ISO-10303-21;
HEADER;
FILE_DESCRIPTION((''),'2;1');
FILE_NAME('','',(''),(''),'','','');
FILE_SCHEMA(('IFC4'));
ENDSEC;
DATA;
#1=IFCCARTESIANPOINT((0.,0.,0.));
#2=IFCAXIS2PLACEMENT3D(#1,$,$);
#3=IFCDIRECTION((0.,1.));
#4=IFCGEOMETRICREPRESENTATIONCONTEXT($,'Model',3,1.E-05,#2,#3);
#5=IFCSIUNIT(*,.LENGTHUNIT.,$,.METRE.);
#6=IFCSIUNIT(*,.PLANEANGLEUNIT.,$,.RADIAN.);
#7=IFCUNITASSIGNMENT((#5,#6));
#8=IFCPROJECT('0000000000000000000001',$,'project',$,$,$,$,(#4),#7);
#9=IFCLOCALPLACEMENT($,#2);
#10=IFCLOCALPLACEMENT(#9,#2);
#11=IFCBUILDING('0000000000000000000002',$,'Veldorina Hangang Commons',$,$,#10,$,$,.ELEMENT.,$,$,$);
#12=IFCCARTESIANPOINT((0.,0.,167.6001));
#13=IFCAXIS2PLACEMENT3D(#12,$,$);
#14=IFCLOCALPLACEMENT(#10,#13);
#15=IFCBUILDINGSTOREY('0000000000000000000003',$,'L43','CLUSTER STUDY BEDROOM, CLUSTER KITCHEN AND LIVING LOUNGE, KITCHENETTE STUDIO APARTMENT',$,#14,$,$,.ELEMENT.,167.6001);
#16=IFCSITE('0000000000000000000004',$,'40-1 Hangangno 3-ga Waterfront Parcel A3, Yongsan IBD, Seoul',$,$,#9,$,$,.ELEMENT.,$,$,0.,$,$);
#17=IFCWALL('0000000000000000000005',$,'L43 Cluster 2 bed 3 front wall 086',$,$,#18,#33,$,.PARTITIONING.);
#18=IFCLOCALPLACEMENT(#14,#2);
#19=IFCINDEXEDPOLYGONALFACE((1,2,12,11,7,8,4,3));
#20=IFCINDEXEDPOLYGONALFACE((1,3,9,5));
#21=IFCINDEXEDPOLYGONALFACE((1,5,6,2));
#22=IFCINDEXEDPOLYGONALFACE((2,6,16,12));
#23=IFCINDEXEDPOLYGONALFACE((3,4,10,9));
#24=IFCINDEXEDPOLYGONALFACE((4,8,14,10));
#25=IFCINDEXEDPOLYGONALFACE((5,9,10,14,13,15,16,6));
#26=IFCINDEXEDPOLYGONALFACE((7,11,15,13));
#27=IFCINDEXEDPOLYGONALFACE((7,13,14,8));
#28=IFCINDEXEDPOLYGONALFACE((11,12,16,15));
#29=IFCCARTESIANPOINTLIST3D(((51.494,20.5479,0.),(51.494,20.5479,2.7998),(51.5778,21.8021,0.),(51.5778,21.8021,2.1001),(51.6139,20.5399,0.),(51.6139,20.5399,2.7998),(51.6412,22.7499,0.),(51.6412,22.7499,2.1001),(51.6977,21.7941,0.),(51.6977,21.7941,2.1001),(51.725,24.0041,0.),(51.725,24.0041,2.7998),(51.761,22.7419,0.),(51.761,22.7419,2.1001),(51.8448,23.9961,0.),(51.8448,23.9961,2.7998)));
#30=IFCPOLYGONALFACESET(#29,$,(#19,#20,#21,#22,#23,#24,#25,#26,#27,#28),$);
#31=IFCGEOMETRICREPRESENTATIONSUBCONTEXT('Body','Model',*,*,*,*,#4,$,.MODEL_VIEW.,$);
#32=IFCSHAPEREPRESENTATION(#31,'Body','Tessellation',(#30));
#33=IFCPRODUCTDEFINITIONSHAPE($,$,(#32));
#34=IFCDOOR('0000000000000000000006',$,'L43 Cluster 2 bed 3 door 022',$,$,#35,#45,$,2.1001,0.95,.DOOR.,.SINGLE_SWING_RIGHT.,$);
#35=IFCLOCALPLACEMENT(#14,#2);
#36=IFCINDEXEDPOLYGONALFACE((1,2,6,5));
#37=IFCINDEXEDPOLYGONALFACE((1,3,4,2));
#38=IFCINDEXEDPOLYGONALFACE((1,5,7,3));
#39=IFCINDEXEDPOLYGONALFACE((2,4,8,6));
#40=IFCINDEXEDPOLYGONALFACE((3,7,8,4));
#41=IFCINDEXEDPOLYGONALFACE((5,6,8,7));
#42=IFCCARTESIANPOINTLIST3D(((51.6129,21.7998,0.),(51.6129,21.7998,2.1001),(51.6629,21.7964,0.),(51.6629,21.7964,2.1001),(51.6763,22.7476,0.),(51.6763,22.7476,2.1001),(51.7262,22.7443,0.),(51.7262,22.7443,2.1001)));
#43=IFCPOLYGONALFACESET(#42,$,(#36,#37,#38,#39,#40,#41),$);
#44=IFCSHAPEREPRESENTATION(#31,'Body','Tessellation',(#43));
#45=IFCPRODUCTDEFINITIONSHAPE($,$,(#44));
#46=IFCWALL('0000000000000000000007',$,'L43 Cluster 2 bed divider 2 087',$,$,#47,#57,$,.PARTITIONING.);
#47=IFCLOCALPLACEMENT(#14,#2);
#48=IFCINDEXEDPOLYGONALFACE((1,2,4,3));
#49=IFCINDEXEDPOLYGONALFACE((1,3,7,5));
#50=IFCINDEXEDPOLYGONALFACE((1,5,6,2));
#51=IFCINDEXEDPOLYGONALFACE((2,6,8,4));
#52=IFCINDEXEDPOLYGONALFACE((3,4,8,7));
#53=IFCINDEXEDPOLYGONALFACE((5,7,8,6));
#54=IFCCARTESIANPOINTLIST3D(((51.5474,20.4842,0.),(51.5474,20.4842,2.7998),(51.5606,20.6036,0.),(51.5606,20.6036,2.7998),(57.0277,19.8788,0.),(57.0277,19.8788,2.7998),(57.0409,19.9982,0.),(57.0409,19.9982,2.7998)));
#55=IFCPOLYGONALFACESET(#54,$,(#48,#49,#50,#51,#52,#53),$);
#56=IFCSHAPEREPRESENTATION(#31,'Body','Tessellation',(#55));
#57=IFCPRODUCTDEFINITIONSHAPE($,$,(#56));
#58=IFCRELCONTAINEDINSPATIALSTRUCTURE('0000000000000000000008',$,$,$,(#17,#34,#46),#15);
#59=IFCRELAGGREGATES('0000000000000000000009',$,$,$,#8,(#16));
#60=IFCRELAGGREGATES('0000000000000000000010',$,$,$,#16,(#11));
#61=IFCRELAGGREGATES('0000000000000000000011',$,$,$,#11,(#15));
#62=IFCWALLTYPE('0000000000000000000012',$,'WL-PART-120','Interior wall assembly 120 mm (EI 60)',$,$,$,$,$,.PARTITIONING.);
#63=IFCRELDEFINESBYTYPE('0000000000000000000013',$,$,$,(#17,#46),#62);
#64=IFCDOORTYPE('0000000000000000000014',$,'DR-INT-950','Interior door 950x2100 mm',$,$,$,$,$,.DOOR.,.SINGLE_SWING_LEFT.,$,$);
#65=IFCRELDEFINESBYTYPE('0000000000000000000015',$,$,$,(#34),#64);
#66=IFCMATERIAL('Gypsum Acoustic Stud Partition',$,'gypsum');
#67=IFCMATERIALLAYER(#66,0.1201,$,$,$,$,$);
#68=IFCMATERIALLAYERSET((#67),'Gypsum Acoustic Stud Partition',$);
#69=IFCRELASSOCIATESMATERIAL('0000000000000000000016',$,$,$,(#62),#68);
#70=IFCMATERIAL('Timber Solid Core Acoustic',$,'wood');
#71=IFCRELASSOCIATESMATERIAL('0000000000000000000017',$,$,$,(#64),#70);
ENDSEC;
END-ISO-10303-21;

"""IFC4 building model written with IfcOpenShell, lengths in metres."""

from ifc_helpers import new_model, si_unit, direction, frame, frame_2d, origin, place, context, subcontext, project, spatial, rectangle, extrude, material, layer, layer_set, type_object, element, fill, save


model = new_model("IFC4")

# Units and contexts
model_context = context("Model", 3, precision=1e-05, world=origin(), true_north=direction((0.0, 1.0)))
body_context = subcontext(model_context, "Body", "Model", "MODEL_VIEW")
ifc_project = project(units=[si_unit("LENGTHUNIT", "METRE"), si_unit("PLANEANGLEUNIT", "RADIAN")], contexts=[model_context])

# Site, building, storey
site_placement = place(None, origin())
site = spatial("IfcSite", under=ifc_project, at=site_placement, Name="40-1 Hangangno 3-ga Waterfront Parcel A3, Yongsan IBD, Seoul", CompositionType="ELEMENT", RefElevation=0.0)
building_placement = place(site_placement, origin())
building = spatial("IfcBuilding", under=site, at=building_placement, Name="Veldorina Hangang Commons", CompositionType="ELEMENT")
storey_placement = place(building_placement, frame((0.0, 0.0, 167.6001)))
storey = spatial("IfcBuildingStorey", under=building, at=storey_placement, Name="L43", Description="CLUSTER STUDY BEDROOM, CLUSTER KITCHEN AND LIVING LOUNGE, KITCHENETTE STUDIO APARTMENT", CompositionType="ELEMENT", Elevation=167.6001)

# Shared definitions
ifc_material_1 = material(Name="Gypsum Acoustic Stud Partition", Category="gypsum")
ifc_layer_1 = layer(ifc_material_1, 0.1201)
ifc_layer_set_1 = layer_set([ifc_layer_1], Name="Gypsum Acoustic Stud Partition")
wall_type_1 = type_object("IfcWallType", Name="WL-PART-120", Description="Interior wall assembly 120 mm (EI 60)", PredefinedType="PARTITIONING", material=ifc_layer_set_1)

# Shared definitions
ifc_material_2 = material(Name="Timber Solid Core Acoustic", Category="wood")
door_type_1 = type_object("IfcDoorType", Name="DR-INT-950", Description="Interior door 950x2100 mm", OperationType="SINGLE_SWING_LEFT", PredefinedType="DOOR", material=ifc_material_2)

# Wall, opening, door
wall_1_placement = place(storey_placement, frame((51.554, 20.5439, 0.0), z_axis=(0.0, 0.0, 1.0), x_axis=(0.066678, 0.997775, 0.0)))
wall_1 = element("IfcWall", 1, at=wall_1_placement, inside=storey, type_object=wall_type_1, Name="L43 Cluster 2 bed 3 front wall 086", PredefinedType="PARTITIONING", context=body_context, shape_type="SweptSolid", body=[
    extrude(rectangle(XDim=3.4639, YDim=0.1201, at=frame_2d((1.7319, 0.0))), origin(), (0.0, 0.0, 1.0), 2.7998),
])
opening_1_placement = place(wall_1_placement, frame((1.2568, 0.0, 0.0)))
opening_1 = element("IfcOpeningElement", 2, at=opening_1_placement, cuts=wall_1, PredefinedType="OPENING", context=body_context, shape_type="SweptSolid", body=[
    extrude(rectangle(XDim=0.95, YDim=2.1001, at=frame_2d((0.4751, 1.05))), frame((0.0, 0.0701, 0.0), z_axis=(0.0, -1.0, 0.0), x_axis=(1.0, 0.0, 0.0)), (0.0, 0.0, 1.0), 0.1401),
])
door_1_placement = place(opening_1_placement, origin())
door_1 = element("IfcDoor", 3, at=door_1_placement, inside=storey, type_object=door_type_1, Name="L43 Cluster 2 bed 3 door 022", OperationType="SINGLE_SWING_RIGHT", OverallHeight=2.1001, OverallWidth=0.95, PredefinedType="DOOR", context=body_context, shape_type="SweptSolid", body=[
    extrude(rectangle(XDim=0.95, YDim=2.1001, at=frame_2d((0.4751, 1.05))), frame((0.0, 0.0249, 0.0), z_axis=(0.0, -1.0, 0.0), x_axis=(1.0, 0.0, 0.0)), (0.0, 0.0, 1.0), 0.05),
])
fill(opening_1, door_1)

# Wall
wall_2_placement = place(storey_placement, frame((51.554, 20.5439, 0.0), z_axis=(0.0, 0.0, 1.0), x_axis=(0.993952, -0.109814, 0.0)))
element("IfcWall", 4, at=wall_2_placement, inside=storey, type_object=wall_type_1, Name="L43 Cluster 2 bed divider 2 087", PredefinedType="PARTITIONING", context=body_context, shape_type="SweptSolid", body=[
    extrude(rectangle(XDim=5.5137, YDim=0.1201, at=frame_2d((2.7568, 0.0))), origin(), (0.0, 0.0, 1.0), 2.7998),
])

save(model, "model.ifc")
